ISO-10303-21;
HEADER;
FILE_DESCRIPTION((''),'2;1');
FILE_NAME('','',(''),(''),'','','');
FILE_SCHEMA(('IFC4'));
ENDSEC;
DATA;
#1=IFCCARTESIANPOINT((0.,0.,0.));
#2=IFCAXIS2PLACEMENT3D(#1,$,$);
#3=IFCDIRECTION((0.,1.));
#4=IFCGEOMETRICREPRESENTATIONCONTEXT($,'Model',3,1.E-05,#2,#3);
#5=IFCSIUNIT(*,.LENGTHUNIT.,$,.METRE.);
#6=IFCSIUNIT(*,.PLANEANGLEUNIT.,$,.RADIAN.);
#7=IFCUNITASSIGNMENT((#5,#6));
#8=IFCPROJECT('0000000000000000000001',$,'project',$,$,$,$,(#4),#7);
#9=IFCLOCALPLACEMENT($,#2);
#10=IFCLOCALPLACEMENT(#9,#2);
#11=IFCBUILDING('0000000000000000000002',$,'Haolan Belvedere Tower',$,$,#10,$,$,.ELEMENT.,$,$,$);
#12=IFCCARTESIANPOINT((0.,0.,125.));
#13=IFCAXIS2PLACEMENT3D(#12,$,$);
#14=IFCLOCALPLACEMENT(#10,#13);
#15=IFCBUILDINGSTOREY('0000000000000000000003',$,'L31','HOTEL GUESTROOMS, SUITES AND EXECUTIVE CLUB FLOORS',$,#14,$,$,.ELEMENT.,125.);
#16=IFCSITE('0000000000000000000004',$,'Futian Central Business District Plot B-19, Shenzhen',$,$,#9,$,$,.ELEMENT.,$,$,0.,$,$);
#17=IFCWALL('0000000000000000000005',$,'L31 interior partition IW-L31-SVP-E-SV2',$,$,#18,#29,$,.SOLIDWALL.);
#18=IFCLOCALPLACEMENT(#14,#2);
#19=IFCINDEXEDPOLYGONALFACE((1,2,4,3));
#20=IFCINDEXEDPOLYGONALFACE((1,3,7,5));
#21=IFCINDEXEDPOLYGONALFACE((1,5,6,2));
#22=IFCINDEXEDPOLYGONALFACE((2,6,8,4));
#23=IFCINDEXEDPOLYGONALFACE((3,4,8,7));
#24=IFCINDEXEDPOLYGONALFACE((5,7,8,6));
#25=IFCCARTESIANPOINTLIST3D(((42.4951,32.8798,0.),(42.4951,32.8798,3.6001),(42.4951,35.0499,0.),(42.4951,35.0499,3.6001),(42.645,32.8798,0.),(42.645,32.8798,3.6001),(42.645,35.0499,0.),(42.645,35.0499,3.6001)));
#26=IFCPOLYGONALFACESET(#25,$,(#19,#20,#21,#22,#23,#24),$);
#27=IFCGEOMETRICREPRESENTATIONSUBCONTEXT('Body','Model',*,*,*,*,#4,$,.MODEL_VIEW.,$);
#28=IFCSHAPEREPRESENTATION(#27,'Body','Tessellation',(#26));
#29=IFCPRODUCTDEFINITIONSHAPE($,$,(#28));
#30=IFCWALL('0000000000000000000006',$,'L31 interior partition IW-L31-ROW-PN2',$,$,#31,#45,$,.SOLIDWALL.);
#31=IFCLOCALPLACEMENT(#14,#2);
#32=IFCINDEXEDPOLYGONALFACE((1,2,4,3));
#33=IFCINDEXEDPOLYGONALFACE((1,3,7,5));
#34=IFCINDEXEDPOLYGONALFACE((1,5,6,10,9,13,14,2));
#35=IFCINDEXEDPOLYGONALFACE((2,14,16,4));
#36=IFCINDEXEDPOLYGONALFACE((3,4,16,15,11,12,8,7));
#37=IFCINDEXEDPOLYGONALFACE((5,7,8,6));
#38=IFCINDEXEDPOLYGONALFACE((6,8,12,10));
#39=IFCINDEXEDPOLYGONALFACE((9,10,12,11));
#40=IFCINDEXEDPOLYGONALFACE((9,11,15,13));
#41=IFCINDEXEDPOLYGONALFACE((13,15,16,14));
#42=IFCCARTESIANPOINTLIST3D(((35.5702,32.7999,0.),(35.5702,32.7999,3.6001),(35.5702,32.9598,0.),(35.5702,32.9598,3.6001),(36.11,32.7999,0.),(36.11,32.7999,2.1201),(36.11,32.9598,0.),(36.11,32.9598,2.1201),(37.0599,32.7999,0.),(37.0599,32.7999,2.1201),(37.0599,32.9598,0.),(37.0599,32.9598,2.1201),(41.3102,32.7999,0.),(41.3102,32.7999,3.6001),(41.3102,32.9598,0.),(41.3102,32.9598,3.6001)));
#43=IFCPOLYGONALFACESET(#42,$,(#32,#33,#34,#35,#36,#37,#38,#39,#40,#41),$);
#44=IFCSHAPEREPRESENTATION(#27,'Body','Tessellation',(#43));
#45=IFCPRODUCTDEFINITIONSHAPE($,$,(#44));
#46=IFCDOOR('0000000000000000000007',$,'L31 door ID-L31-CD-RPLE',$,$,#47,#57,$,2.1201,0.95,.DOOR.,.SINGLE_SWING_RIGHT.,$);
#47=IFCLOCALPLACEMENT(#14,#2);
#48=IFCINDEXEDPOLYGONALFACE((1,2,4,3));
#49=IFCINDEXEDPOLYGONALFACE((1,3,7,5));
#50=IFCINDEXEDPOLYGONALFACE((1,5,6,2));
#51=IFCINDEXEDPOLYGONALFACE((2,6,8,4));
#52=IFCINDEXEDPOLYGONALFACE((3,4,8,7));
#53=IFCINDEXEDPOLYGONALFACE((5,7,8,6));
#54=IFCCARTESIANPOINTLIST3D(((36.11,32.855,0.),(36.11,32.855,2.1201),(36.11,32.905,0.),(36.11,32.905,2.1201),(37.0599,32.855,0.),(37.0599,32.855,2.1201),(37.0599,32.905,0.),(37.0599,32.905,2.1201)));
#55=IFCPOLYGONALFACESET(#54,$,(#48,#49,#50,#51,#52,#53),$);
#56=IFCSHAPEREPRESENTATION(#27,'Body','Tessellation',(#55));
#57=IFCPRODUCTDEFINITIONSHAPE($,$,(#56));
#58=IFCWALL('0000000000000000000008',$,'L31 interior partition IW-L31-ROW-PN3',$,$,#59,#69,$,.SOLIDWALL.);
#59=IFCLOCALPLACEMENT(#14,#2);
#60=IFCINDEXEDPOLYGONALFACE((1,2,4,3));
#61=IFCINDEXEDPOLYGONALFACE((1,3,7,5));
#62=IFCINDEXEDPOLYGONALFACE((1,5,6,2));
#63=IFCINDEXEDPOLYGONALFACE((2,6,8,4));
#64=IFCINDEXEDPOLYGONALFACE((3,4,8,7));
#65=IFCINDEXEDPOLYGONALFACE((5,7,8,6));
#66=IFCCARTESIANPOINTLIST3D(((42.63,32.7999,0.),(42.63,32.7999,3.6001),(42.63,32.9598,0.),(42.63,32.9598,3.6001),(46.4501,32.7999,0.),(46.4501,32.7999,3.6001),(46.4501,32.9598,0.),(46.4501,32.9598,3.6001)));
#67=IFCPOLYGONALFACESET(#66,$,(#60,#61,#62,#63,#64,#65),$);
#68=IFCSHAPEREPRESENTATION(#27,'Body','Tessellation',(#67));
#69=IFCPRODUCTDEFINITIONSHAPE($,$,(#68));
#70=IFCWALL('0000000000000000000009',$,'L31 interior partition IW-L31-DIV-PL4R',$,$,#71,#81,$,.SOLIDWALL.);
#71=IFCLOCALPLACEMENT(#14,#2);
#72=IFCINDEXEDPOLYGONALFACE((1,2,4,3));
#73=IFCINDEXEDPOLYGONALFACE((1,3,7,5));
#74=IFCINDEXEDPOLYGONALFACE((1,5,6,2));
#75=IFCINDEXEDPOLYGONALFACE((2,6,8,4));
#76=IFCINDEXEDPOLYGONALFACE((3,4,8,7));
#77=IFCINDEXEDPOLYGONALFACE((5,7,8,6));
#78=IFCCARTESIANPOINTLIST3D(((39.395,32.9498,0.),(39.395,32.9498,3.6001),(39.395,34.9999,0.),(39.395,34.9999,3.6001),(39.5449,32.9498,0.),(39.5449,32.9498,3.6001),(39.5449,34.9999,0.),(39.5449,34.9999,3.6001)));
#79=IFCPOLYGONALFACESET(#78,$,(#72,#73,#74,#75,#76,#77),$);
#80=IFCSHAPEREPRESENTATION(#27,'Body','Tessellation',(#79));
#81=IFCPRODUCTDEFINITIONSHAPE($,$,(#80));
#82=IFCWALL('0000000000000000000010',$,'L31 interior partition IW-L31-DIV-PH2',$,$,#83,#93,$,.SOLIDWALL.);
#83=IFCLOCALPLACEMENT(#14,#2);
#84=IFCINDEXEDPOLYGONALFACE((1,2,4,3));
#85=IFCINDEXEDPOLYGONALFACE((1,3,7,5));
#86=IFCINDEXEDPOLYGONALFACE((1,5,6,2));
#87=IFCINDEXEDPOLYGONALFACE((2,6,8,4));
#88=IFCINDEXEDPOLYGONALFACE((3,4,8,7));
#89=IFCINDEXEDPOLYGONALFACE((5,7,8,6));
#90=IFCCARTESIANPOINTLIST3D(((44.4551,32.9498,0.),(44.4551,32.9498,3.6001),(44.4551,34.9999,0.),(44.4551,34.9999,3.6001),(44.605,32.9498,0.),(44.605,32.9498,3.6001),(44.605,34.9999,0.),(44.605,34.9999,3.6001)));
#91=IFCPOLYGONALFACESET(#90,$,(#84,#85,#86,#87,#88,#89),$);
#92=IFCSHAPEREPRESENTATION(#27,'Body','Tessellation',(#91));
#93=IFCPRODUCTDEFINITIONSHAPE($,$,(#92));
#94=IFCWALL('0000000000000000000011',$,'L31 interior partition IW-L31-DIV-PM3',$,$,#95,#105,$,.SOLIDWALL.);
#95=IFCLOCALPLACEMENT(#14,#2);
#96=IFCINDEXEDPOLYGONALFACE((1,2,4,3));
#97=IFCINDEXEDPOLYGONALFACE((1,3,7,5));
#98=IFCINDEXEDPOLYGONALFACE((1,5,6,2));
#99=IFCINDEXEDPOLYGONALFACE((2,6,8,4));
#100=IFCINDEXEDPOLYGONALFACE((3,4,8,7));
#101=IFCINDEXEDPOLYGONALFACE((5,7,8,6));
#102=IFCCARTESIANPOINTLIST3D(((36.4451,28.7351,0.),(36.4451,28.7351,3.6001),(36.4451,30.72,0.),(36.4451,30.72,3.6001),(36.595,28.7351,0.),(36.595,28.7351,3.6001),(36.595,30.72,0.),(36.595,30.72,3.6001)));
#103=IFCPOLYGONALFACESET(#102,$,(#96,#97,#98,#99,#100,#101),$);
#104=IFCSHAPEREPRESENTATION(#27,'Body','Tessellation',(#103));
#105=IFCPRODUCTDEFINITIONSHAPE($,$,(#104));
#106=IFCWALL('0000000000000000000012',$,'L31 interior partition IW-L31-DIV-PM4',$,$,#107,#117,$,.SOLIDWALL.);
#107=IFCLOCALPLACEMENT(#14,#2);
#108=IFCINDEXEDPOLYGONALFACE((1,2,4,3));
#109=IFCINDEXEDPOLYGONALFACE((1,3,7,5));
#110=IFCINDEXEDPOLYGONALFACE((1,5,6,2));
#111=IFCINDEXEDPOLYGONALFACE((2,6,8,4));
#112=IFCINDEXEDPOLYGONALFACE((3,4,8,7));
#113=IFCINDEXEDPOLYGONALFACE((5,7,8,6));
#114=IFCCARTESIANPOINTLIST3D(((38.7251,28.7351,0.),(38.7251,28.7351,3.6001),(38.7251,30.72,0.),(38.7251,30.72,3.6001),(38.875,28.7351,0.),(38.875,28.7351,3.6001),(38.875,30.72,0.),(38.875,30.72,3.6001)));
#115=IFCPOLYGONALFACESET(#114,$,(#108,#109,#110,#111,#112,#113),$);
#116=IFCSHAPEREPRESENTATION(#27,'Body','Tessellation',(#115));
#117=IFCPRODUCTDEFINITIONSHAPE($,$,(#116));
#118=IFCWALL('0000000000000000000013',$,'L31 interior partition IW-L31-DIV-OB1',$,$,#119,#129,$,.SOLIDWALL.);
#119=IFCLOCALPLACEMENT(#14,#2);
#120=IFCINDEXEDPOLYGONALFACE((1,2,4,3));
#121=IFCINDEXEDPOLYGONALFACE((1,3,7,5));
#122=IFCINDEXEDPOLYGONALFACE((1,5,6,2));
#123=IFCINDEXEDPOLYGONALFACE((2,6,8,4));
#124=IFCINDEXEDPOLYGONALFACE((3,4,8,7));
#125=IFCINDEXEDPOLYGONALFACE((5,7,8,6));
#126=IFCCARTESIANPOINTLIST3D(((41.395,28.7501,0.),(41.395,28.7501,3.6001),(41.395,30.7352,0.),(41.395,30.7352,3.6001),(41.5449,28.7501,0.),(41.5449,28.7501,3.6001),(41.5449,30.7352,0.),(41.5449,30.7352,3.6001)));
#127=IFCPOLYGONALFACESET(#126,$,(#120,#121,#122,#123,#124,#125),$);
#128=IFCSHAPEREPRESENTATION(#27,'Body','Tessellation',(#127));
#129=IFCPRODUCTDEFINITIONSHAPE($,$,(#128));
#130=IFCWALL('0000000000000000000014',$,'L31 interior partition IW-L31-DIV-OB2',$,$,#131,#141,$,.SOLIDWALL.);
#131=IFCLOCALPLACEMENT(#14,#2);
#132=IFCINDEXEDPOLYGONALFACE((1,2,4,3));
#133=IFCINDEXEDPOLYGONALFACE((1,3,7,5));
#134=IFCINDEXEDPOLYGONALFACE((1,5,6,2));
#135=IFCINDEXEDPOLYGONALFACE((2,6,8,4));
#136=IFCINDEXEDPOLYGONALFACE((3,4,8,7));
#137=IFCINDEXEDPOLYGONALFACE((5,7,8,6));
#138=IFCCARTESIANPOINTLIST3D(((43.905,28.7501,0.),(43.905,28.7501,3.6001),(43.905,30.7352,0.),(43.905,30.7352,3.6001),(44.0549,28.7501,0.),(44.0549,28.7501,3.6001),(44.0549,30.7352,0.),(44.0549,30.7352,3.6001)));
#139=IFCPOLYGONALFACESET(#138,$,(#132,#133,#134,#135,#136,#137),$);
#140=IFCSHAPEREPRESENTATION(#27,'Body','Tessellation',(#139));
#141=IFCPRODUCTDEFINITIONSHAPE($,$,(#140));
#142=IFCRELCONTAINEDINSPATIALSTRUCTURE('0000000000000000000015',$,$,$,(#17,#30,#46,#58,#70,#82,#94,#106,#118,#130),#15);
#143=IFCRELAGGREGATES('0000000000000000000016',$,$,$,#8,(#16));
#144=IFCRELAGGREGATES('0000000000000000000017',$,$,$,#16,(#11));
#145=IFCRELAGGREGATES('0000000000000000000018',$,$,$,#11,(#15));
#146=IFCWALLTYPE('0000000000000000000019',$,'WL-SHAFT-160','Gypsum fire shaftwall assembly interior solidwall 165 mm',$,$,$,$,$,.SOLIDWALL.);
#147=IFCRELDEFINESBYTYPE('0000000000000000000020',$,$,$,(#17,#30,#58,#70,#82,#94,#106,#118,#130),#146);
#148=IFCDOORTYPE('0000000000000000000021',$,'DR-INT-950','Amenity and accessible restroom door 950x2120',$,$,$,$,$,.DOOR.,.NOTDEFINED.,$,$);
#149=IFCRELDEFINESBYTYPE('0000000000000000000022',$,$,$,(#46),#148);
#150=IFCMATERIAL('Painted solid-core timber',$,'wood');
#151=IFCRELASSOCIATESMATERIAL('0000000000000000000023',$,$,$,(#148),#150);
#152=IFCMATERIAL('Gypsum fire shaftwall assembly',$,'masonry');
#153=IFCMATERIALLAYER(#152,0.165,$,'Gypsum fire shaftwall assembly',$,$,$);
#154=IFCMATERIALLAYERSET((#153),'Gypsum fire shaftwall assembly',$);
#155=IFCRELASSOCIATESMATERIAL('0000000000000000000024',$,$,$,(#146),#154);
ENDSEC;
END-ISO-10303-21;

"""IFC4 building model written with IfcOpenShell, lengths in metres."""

from ifc_helpers import new_model, si_unit, direction, frame, frame_2d, origin, place, context, subcontext, project, spatial, rectangle, extrude, material, layer, layer_set, type_object, element, fill, save


model = new_model("IFC4")

# Units and contexts
model_context = context("Model", 3, precision=1e-05, world=origin(), true_north=direction((0.0, 1.0)))
body_context = subcontext(model_context, "Body", "Model", "MODEL_VIEW")
ifc_project = project(units=[si_unit("LENGTHUNIT", "METRE"), si_unit("PLANEANGLEUNIT", "RADIAN")], contexts=[model_context])

# Site, building, storey
site_placement = place(None, origin())
site = spatial("IfcSite", under=ifc_project, at=site_placement, Name="Futian Central Business District Plot B-19, Shenzhen", CompositionType="ELEMENT", RefElevation=0.0)
building_placement = place(site_placement, origin())
building = spatial("IfcBuilding", under=site, at=building_placement, Name="Haolan Belvedere Tower", CompositionType="ELEMENT")
storey_placement = place(building_placement, frame((0.0, 0.0, 125.0)))
storey = spatial("IfcBuildingStorey", under=building, at=storey_placement, Name="L31", Description="HOTEL GUESTROOMS, SUITES AND EXECUTIVE CLUB FLOORS", CompositionType="ELEMENT", Elevation=125.0)

# Shared definitions
ifc_material_1 = material(Name="Painted solid-core timber", Category="wood")
door_type = type_object("IfcDoorType", Name="DR-INT-950", Description="Amenity and accessible restroom door 950x2120", OperationType="NOTDEFINED", PredefinedType="DOOR", material=ifc_material_1)

# Wall
ifc_material_2 = material(Name="Gypsum fire shaftwall assembly", Category="masonry")
ifc_layer_1 = layer(ifc_material_2, 0.165, Name="Gypsum fire shaftwall assembly")
ifc_layer_set_1 = layer_set([ifc_layer_1], Name="Gypsum fire shaftwall assembly")
wall_type_1 = type_object("IfcWallType", Name="WL-SHAFT-160", Description="Gypsum fire shaftwall assembly interior solidwall 165 mm", PredefinedType="SOLIDWALL", material=ifc_layer_set_1)
for number, where, z_axis, x_axis, name in (
    (1, (42.5701, 32.8799, 0.0), (0.0, 0.0, 1.0), (0.0, 1.0, 0.0), "L31 interior partition IW-L31-SVP-E-SV2"),
):
    element("IfcWall", number, at=place(storey_placement, frame(where, z_axis=z_axis, x_axis=x_axis)), inside=storey, type_object=wall_type_1, Name=name, PredefinedType="SOLIDWALL", context=body_context, shape_type="SweptSolid", body=[
        extrude(rectangle(XDim=2.1702, YDim=0.1499, at=frame_2d((1.085, 0.0))), origin(), (0.0, 0.0, 1.0), 3.6001),
    ])

# Wall, opening, door
wall_1_placement = place(storey_placement, frame((35.5701, 32.8799, 0.0), z_axis=(0.0, 0.0, 1.0), x_axis=(1.0, 0.0, 0.0)))
wall_1 = element("IfcWall", 2, at=wall_1_placement, inside=storey, type_object=wall_type_1, Name="L31 interior partition IW-L31-ROW-PN2", PredefinedType="SOLIDWALL", context=body_context, shape_type="SweptSolid", body=[
    extrude(rectangle(XDim=5.74, YDim=0.1599, at=frame_2d((2.8701, 0.0))), origin(), (0.0, 0.0, 1.0), 3.6001),
])
opening_1_placement = place(wall_1_placement, frame((1.49, 0.0, 0.0), z_axis=(0.0, 0.0, 1.0), x_axis=(-1.0, 0.0, 0.0)))
opening_1 = element("IfcOpeningElement", 3, at=opening_1_placement, cuts=wall_1, PredefinedType="OPENING", context=body_context, shape_type="SweptSolid", body=[
    extrude(rectangle(XDim=0.95, YDim=2.1201, at=frame_2d((0.4751, 1.0601))), frame((0.0, 0.0898, 0.0), z_axis=(0.0, -1.0, 0.0), x_axis=(1.0, 0.0, 0.0)), (0.0, 0.0, 1.0), 0.1799),
])
door_1_placement = place(opening_1_placement, origin())
door_1 = element("IfcDoor", 4, at=door_1_placement, inside=storey, type_object=door_type, Name="L31 door ID-L31-CD-RPLE", OperationType="SINGLE_SWING_RIGHT", OverallHeight=2.1201, OverallWidth=0.95, PredefinedType="DOOR", context=body_context, shape_type="SweptSolid", body=[
    extrude(rectangle(XDim=0.95, YDim=2.1201, at=frame_2d((0.4751, 1.0601))), frame((0.0, 0.0249, 0.0), z_axis=(0.0, -1.0, 0.0), x_axis=(1.0, 0.0, 0.0)), (0.0, 0.0, 1.0), 0.05),
])
fill(opening_1, door_1)

# Walls
wall_2_placement = place(storey_placement, frame((42.6299, 32.8799, 0.0), z_axis=(0.0, 0.0, 1.0), x_axis=(1.0, 0.0, 0.0)))
element("IfcWall", 5, at=wall_2_placement, inside=storey, type_object=wall_type_1, Name="L31 interior partition IW-L31-ROW-PN3", PredefinedType="SOLIDWALL", context=body_context, shape_type="SweptSolid", body=[
    extrude(rectangle(XDim=3.8201, YDim=0.1599, at=frame_2d((1.9102, 0.0))), origin(), (0.0, 0.0, 1.0), 3.6001),
])
for number, where, z_axis, x_axis, name in (
    (6, (39.47, 32.95, 0.0), (0.0, 0.0, 1.0), (0.0, 1.0, 0.0), "L31 interior partition IW-L31-DIV-PL4R"),
    (7, (44.53, 32.95, 0.0), (0.0, 0.0, 1.0), (0.0, 1.0, 0.0), "L31 interior partition IW-L31-DIV-PH2"),
):
    element("IfcWall", number, at=place(storey_placement, frame(where, z_axis=z_axis, x_axis=x_axis)), inside=storey, type_object=wall_type_1, Name=name, PredefinedType="SOLIDWALL", context=body_context, shape_type="SweptSolid", body=[
        extrude(rectangle(XDim=2.05, YDim=0.1499, at=frame_2d((1.0249, 0.0))), origin(), (0.0, 0.0, 1.0), 3.6001),
    ])
for number, where, z_axis, x_axis, name in (
    (8, (36.52, 28.7351, 0.0), (0.0, 0.0, 1.0), (0.0, 1.0, 0.0), "L31 interior partition IW-L31-DIV-PM3"),
    (9, (38.8, 28.7351, 0.0), (0.0, 0.0, 1.0), (0.0, 1.0, 0.0), "L31 interior partition IW-L31-DIV-PM4"),
):
    element("IfcWall", number, at=place(storey_placement, frame(where, z_axis=z_axis, x_axis=x_axis)), inside=storey, type_object=wall_type_1, Name=name, PredefinedType="SOLIDWALL", context=body_context, shape_type="SweptSolid", body=[
        extrude(rectangle(XDim=1.9849, YDim=0.1499, at=frame_2d((0.9924, 0.0))), origin(), (0.0, 0.0, 1.0), 3.6001),
    ])
for number, where, z_axis, x_axis, name in (
    (10, (41.47, 28.75, 0.0), (0.0, 0.0, 1.0), (0.0, 1.0, 0.0), "L31 interior partition IW-L31-DIV-OB1"),
    (11, (43.98, 28.75, 0.0), (0.0, 0.0, 1.0), (0.0, 1.0, 0.0), "L31 interior partition IW-L31-DIV-OB2"),
):
    element("IfcWall", number, at=place(storey_placement, frame(where, z_axis=z_axis, x_axis=x_axis)), inside=storey, type_object=wall_type_1, Name=name, PredefinedType="SOLIDWALL", context=body_context, shape_type="SweptSolid", body=[
        extrude(rectangle(XDim=1.9851, YDim=0.1499, at=frame_2d((0.9927, 0.0))), origin(), (0.0, 0.0, 1.0), 3.6001),
    ])

save(model, "model.ifc")
